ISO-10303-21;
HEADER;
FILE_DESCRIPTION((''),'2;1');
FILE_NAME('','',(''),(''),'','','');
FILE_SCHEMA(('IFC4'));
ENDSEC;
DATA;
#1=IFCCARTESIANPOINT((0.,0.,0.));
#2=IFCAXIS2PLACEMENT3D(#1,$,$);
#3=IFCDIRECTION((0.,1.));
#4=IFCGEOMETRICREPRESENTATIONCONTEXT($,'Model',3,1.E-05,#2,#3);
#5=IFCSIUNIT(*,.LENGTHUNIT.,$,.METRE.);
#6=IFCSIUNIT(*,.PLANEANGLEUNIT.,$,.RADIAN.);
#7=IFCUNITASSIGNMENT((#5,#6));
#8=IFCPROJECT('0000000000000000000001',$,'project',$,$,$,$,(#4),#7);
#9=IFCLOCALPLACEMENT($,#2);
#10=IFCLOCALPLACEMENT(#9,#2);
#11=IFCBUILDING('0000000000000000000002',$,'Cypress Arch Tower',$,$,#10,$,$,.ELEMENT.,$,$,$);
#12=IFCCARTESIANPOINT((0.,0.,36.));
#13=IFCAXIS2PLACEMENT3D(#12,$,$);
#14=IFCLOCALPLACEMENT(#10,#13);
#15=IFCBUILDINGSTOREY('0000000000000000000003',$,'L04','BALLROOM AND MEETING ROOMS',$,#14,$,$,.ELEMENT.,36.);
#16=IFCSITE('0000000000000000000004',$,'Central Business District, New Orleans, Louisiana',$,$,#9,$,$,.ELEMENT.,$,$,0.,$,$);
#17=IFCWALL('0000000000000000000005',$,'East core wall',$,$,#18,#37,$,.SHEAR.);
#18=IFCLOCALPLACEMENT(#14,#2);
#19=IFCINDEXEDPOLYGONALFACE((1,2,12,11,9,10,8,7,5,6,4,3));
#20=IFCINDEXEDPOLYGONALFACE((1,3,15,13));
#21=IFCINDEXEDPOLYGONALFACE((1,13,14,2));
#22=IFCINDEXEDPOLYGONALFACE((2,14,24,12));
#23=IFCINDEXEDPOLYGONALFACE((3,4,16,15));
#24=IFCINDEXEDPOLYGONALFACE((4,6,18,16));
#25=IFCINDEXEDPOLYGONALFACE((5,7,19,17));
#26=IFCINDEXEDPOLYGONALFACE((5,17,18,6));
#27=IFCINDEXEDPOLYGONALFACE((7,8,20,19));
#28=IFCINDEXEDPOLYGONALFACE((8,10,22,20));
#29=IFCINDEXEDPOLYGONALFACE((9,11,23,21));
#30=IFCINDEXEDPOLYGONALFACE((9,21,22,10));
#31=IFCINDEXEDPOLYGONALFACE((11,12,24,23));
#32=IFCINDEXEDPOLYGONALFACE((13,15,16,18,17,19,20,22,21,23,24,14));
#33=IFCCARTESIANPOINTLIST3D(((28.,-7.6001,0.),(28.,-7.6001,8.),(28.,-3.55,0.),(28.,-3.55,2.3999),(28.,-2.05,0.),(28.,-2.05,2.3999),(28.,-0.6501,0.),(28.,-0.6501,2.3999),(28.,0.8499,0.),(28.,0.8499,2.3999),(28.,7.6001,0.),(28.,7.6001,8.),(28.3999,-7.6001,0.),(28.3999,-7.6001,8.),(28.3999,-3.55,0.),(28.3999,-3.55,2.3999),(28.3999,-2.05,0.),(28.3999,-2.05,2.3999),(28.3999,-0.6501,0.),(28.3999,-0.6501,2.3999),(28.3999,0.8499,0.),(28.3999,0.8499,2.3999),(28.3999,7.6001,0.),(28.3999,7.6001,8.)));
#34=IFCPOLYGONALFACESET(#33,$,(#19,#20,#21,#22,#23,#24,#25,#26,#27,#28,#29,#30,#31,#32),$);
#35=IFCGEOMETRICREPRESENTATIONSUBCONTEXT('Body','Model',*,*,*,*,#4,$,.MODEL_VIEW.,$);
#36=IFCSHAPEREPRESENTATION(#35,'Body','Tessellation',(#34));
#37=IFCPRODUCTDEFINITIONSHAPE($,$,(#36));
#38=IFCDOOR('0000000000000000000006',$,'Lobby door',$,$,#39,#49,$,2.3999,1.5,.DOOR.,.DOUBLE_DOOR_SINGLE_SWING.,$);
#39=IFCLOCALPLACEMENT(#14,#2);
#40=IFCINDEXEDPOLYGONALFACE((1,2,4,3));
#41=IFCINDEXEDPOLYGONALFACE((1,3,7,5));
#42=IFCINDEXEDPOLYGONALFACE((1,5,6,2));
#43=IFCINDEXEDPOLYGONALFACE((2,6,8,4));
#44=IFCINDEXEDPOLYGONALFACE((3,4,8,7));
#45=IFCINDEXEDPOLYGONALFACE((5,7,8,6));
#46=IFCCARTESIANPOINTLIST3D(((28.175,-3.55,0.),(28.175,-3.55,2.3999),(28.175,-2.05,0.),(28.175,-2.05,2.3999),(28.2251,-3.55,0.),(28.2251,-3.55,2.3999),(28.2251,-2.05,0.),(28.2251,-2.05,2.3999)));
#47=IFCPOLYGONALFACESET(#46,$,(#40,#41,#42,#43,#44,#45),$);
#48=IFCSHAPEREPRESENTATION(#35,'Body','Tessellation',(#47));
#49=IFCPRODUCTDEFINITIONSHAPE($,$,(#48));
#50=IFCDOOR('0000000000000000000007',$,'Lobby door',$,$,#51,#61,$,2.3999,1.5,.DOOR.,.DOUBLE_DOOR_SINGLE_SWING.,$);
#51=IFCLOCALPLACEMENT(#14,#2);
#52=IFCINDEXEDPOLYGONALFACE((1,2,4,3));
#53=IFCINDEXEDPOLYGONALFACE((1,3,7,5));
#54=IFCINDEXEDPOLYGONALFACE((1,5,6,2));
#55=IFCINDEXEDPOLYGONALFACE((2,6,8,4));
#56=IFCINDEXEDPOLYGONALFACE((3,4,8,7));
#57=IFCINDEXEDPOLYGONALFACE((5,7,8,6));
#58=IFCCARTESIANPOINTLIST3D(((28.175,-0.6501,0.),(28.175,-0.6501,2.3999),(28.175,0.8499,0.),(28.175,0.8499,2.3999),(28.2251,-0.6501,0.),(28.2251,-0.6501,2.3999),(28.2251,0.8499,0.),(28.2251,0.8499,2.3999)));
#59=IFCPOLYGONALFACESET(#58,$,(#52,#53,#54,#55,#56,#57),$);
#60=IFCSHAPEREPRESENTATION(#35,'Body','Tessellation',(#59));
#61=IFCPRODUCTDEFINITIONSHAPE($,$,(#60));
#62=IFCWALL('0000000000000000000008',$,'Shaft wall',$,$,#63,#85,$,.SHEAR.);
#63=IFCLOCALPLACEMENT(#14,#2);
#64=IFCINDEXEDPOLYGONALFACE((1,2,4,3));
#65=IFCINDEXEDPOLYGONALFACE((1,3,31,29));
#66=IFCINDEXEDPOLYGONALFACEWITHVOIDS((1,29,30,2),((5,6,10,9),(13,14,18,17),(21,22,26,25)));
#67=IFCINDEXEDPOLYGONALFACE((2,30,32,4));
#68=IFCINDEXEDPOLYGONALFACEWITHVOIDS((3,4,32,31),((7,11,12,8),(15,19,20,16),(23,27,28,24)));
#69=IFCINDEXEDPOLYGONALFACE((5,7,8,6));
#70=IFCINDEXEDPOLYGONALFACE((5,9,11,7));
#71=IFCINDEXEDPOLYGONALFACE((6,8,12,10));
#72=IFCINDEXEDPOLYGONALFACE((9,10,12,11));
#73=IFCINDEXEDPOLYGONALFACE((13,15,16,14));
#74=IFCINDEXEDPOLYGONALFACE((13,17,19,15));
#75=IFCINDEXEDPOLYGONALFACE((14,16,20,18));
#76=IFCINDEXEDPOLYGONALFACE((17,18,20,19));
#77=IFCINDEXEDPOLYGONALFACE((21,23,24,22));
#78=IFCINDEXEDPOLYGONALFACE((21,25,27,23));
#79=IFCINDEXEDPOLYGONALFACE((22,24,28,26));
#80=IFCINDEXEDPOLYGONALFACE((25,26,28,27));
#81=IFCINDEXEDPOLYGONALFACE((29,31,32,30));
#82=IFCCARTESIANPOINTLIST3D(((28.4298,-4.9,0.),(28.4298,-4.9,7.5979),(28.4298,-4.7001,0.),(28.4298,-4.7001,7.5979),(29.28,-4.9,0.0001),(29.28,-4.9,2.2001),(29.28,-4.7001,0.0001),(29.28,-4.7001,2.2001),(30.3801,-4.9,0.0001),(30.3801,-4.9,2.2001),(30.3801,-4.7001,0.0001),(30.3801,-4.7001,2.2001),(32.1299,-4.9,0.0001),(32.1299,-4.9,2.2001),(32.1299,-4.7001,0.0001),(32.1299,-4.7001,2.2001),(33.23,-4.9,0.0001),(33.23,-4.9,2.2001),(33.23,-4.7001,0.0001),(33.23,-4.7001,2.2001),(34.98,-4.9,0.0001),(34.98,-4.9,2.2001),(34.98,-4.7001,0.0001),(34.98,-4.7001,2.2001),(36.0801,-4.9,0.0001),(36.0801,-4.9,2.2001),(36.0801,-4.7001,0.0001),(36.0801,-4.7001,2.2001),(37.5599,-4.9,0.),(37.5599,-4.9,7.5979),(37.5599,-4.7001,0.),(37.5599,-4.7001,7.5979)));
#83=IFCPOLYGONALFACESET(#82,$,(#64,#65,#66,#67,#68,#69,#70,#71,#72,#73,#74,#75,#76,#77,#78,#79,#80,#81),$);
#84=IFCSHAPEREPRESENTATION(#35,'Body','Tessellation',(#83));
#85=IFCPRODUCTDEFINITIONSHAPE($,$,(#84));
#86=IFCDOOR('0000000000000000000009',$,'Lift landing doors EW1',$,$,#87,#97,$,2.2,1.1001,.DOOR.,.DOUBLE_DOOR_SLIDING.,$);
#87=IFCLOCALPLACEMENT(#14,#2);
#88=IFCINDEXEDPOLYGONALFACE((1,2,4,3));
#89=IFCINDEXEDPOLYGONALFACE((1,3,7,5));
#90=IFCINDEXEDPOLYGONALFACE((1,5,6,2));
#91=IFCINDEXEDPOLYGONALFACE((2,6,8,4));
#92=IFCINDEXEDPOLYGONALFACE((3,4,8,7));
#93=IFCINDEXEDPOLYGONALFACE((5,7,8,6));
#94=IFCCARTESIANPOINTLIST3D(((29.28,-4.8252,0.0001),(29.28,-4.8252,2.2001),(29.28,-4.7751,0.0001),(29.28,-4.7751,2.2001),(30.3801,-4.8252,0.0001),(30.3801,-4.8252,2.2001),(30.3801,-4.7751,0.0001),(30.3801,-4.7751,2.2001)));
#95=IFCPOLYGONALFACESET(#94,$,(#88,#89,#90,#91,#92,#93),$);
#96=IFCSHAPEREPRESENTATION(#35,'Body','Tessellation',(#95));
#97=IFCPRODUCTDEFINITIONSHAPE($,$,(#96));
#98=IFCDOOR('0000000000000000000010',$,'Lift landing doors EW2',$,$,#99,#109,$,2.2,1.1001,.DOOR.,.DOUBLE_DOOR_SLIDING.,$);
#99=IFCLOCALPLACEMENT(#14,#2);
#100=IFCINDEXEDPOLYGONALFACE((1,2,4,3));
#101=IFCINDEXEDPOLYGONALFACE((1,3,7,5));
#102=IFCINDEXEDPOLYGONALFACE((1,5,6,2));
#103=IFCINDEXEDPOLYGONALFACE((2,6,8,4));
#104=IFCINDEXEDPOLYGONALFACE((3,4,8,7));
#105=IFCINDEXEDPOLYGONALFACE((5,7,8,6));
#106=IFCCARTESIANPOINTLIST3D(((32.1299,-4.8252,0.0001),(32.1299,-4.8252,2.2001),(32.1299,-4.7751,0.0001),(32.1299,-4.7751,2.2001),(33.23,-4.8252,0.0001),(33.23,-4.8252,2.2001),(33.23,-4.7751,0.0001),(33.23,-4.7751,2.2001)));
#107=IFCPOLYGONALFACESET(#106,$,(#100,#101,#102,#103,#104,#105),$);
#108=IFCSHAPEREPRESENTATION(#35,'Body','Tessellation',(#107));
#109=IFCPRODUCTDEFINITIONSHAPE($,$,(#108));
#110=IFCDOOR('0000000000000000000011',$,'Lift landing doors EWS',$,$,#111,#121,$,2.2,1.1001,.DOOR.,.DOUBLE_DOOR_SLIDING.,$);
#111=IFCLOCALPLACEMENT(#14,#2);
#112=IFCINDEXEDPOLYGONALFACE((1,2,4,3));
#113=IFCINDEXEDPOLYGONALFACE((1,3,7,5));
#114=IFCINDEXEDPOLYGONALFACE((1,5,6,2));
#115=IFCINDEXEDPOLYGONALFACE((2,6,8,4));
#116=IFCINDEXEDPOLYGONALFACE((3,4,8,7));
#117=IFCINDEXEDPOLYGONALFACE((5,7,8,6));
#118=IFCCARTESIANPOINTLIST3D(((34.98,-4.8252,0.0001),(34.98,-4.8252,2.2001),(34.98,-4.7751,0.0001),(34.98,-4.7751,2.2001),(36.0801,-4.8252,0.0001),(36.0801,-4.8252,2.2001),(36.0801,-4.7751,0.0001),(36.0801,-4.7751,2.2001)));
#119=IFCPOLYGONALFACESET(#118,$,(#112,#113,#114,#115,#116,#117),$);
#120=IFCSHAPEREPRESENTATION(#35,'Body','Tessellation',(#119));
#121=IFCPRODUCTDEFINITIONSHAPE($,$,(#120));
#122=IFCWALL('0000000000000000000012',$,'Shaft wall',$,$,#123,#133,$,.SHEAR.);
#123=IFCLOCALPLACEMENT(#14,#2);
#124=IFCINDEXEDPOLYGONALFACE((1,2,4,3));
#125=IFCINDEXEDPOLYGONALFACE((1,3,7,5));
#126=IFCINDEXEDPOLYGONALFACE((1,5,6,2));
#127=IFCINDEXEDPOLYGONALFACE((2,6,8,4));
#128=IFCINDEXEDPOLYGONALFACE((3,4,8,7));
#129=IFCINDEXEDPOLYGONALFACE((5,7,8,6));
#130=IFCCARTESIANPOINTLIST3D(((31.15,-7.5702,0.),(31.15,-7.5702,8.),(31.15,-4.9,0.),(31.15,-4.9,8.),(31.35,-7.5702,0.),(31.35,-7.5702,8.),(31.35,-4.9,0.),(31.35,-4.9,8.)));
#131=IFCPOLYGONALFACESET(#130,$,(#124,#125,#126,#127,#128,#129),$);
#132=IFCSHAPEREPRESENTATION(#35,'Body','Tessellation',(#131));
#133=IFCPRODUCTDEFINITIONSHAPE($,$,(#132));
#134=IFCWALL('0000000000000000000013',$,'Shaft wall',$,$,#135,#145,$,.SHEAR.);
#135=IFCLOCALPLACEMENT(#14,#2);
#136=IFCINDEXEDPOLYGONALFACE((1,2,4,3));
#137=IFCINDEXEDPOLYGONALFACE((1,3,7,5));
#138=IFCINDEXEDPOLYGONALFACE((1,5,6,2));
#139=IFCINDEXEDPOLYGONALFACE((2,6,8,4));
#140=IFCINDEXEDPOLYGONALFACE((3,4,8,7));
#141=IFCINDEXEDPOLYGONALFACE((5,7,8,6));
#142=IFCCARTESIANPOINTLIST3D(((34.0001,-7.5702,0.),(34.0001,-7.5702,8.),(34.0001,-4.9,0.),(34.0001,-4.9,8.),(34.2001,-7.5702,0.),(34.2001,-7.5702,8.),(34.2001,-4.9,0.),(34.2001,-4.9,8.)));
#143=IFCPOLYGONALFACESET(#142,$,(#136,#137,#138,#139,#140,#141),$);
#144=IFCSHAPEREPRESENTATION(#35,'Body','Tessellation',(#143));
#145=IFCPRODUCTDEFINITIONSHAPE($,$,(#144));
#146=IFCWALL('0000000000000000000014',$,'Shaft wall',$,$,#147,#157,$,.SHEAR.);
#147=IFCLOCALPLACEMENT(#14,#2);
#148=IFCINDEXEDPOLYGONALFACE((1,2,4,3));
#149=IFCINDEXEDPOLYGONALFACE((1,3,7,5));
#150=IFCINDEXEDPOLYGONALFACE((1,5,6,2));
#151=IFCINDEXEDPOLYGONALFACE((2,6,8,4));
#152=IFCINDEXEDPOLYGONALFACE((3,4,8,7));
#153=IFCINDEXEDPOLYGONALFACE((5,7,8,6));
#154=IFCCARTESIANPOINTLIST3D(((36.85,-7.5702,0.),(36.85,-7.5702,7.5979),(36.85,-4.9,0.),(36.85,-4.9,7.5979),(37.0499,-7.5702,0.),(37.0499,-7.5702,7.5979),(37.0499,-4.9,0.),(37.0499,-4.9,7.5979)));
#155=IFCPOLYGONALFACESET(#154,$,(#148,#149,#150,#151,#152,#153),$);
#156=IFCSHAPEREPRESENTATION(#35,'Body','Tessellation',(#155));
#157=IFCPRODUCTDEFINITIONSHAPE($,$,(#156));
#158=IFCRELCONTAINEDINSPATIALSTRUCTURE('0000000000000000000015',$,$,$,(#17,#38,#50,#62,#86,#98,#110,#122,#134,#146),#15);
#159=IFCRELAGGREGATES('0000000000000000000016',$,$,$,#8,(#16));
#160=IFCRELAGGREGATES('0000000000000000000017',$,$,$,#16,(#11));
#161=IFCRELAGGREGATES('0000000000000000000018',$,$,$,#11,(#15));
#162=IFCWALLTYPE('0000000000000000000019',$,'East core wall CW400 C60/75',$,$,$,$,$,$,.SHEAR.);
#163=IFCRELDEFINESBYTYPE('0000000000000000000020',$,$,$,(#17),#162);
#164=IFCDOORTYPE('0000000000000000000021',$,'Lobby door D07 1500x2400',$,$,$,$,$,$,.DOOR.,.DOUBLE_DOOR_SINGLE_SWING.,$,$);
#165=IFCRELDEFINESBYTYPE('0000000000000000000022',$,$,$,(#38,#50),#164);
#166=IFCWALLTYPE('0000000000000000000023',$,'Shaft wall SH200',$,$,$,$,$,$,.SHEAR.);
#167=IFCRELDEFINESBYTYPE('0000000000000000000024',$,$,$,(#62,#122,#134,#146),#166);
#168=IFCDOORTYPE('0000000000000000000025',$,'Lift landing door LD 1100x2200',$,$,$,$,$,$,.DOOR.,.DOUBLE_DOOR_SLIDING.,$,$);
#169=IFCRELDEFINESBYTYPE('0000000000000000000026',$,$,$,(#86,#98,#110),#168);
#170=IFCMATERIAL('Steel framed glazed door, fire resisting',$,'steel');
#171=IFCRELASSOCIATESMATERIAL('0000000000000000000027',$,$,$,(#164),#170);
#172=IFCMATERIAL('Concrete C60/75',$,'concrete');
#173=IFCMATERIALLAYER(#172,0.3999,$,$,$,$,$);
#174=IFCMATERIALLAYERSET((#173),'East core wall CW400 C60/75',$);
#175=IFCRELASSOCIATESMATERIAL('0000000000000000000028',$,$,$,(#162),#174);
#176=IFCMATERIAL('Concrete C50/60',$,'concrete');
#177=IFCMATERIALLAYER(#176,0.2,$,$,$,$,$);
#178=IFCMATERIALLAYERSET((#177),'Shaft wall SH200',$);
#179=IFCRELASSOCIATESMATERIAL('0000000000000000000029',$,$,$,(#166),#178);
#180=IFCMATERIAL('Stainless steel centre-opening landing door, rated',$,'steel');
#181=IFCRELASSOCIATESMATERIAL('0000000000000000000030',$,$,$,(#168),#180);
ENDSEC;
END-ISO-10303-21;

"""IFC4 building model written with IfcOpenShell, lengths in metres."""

from ifc_helpers import new_model, si_unit, direction, frame, frame_2d, origin, place, context, subcontext, project, spatial, rectangle, extrude, material, layer, layer_set, type_object, element, fill, save


model = new_model("IFC4")

# Units and contexts
model_context = context("Model", 3, precision=1e-05, world=origin(), true_north=direction((0.0, 1.0)))
body_context = subcontext(model_context, "Body", "Model", "MODEL_VIEW")
ifc_project = project(units=[si_unit("LENGTHUNIT", "METRE"), si_unit("PLANEANGLEUNIT", "RADIAN")], contexts=[model_context])

# Site, building, storey
site_placement = place(None, origin())
site = spatial("IfcSite", under=ifc_project, at=site_placement, Name="Central Business District, New Orleans, Louisiana", CompositionType="ELEMENT", RefElevation=0.0)
building_placement = place(site_placement, origin())
building = spatial("IfcBuilding", under=site, at=building_placement, Name="Cypress Arch Tower", CompositionType="ELEMENT")
storey_placement = place(building_placement, frame((0.0, 0.0, 36.0)))
storey = spatial("IfcBuildingStorey", under=building, at=storey_placement, Name="L04", Description="BALLROOM AND MEETING ROOMS", CompositionType="ELEMENT", Elevation=36.0)

# Shared definitions
ifc_material_1 = material(Name="Steel framed glazed door, fire resisting", Category="steel")
door_type_1 = type_object("IfcDoorType", Name="Lobby door D07 1500x2400", OperationType="DOUBLE_DOOR_SINGLE_SWING", PredefinedType="DOOR", material=ifc_material_1)

# Shared definitions
ifc_material_2 = material(Name="Concrete C60/75", Category="concrete")
ifc_layer_1 = layer(ifc_material_2, 0.3999)
ifc_layer_set_1 = layer_set([ifc_layer_1], Name="East core wall CW400 C60/75")
wall_type_1 = type_object("IfcWallType", Name="East core wall CW400 C60/75", PredefinedType="SHEAR", material=ifc_layer_set_1)

# Walls, openings, doors
wall_1_placement = place(storey_placement, frame((28.2, -7.6001, 0.0), z_axis=(0.0, 0.0, 1.0), x_axis=(0.0, 1.0, 0.0)))
wall_1 = element("IfcWall", 1, at=wall_1_placement, inside=storey, type_object=wall_type_1, Name="East core wall", PredefinedType="SHEAR", context=body_context, shape_type="SweptSolid", body=[
    extrude(rectangle(XDim=15.2002, YDim=0.3999, at=frame_2d((7.6001, 0.0))), origin(), (0.0, 0.0, 1.0), 8.0),
])
opening_1_placement = place(wall_1_placement, frame((4.05, 0.0, 0.0)))
opening_1 = element("IfcOpeningElement", 2, at=opening_1_placement, cuts=wall_1, PredefinedType="OPENING", context=body_context, shape_type="SweptSolid", body=[
    extrude(rectangle(XDim=1.5, YDim=2.3999, at=frame_2d((0.75, 1.2))), frame((0.0, 0.21, 0.0), z_axis=(0.0, -1.0, 0.0), x_axis=(1.0, 0.0, 0.0)), (0.0, 0.0, 1.0), 0.4199),
])
opening_2_placement = place(wall_1_placement, frame((6.95, 0.0, 0.0)))
opening_2 = element("IfcOpeningElement", 3, at=opening_2_placement, cuts=wall_1, PredefinedType="OPENING", context=body_context, shape_type="SweptSolid", body=[
    extrude(rectangle(XDim=1.5, YDim=2.3999, at=frame_2d((0.75, 1.2))), frame((0.0, 0.21, 0.0), z_axis=(0.0, -1.0, 0.0), x_axis=(1.0, 0.0, 0.0)), (0.0, 0.0, 1.0), 0.4199),
])
door_1_placement = place(opening_1_placement, origin())
door_1 = element("IfcDoor", 4, at=door_1_placement, inside=storey, type_object=door_type_1, Name="Lobby door", OperationType="DOUBLE_DOOR_SINGLE_SWING", OverallHeight=2.3999, OverallWidth=1.5, PredefinedType="DOOR", context=body_context, shape_type="SweptSolid", body=[
    extrude(rectangle(XDim=1.5, YDim=2.3999, at=frame_2d((0.75, 1.2))), frame((0.0, 0.0249, 0.0), z_axis=(0.0, -1.0, 0.0), x_axis=(1.0, 0.0, 0.0)), (0.0, 0.0, 1.0), 0.05),
])
fill(opening_1, door_1)
door_2_placement = place(opening_2_placement, origin())
door_2 = element("IfcDoor", 5, at=door_2_placement, inside=storey, type_object=door_type_1, Name="Lobby door", OperationType="DOUBLE_DOOR_SINGLE_SWING", OverallHeight=2.3999, OverallWidth=1.5, PredefinedType="DOOR", context=body_context, shape_type="SweptSolid", body=[
    extrude(rectangle(XDim=1.5, YDim=2.3999, at=frame_2d((0.75, 1.2))), frame((0.0, 0.0249, 0.0), z_axis=(0.0, -1.0, 0.0), x_axis=(1.0, 0.0, 0.0)), (0.0, 0.0, 1.0), 0.05),
])
fill(opening_2, door_2)
ifc_material_3 = material(Name="Concrete C50/60", Category="concrete")
ifc_layer_2 = layer(ifc_material_3, 0.2)
ifc_layer_set_2 = layer_set([ifc_layer_2], Name="Shaft wall SH200")
wall_type_2 = type_object("IfcWallType", Name="Shaft wall SH200", PredefinedType="SHEAR", material=ifc_layer_set_2)
wall_2_placement = place(storey_placement, frame((28.4299, -4.8, 0.0), z_axis=(0.0, 0.0, 1.0), x_axis=(1.0, 0.0, 0.0)))
wall_2 = element("IfcWall", 6, at=wall_2_placement, inside=storey, type_object=wall_type_2, Name="Shaft wall", PredefinedType="SHEAR", context=body_context, shape_type="SweptSolid", body=[
    extrude(rectangle(XDim=9.1301, YDim=0.2, at=frame_2d((4.5649, 0.0))), origin(), (0.0, 0.0, 1.0), 7.5979),
])
opening_3_placement = place(wall_2_placement, frame((0.8501, 0.0, 0.0)))
opening_3 = element("IfcOpeningElement", 7, at=opening_3_placement, cuts=wall_2, PredefinedType="OPENING", context=body_context, shape_type="SweptSolid", body=[
    extrude(rectangle(XDim=1.1001, YDim=2.2, at=frame_2d((0.55, 1.1001))), frame((0.0, 0.1099, 0.0), z_axis=(0.0, -1.0, 0.0), x_axis=(1.0, 0.0, 0.0)), (0.0, 0.0, 1.0), 0.22),
])
opening_4_placement = place(wall_2_placement, frame((3.7, 0.0, 0.0)))
opening_4 = element("IfcOpeningElement", 8, at=opening_4_placement, cuts=wall_2, PredefinedType="OPENING", context=body_context, shape_type="SweptSolid", body=[
    extrude(rectangle(XDim=1.1001, YDim=2.2, at=frame_2d((0.55, 1.1001))), frame((0.0, 0.1099, 0.0), z_axis=(0.0, -1.0, 0.0), x_axis=(1.0, 0.0, 0.0)), (0.0, 0.0, 1.0), 0.22),
])
opening_5_placement = place(wall_2_placement, frame((6.55, 0.0, 0.0)))
opening_5 = element("IfcOpeningElement", 9, at=opening_5_placement, cuts=wall_2, PredefinedType="OPENING", context=body_context, shape_type="SweptSolid", body=[
    extrude(rectangle(XDim=1.1001, YDim=2.2, at=frame_2d((0.55, 1.1001))), frame((0.0, 0.1099, 0.0), z_axis=(0.0, -1.0, 0.0), x_axis=(1.0, 0.0, 0.0)), (0.0, 0.0, 1.0), 0.22),
])
ifc_material_4 = material(Name="Stainless steel centre-opening landing door, rated", Category="steel")
door_type_2 = type_object("IfcDoorType", Name="Lift landing door LD 1100x2200", OperationType="DOUBLE_DOOR_SLIDING", PredefinedType="DOOR", material=ifc_material_4)
door_3_placement = place(opening_3_placement, origin())
door_3 = element("IfcDoor", 10, at=door_3_placement, inside=storey, type_object=door_type_2, Name="Lift landing doors EW1", OperationType="DOUBLE_DOOR_SLIDING", OverallHeight=2.2, OverallWidth=1.1001, PredefinedType="DOOR", context=body_context, shape_type="SweptSolid", body=[
    extrude(rectangle(XDim=1.1001, YDim=2.2, at=frame_2d((0.55, 1.1001))), frame((0.0, 0.0249, 0.0), z_axis=(0.0, -1.0, 0.0), x_axis=(1.0, 0.0, 0.0)), (0.0, 0.0, 1.0), 0.05),
])
fill(opening_3, door_3)
door_4_placement = place(opening_4_placement, origin())
door_4 = element("IfcDoor", 11, at=door_4_placement, inside=storey, type_object=door_type_2, Name="Lift landing doors EW2", OperationType="DOUBLE_DOOR_SLIDING", OverallHeight=2.2, OverallWidth=1.1001, PredefinedType="DOOR", context=body_context, shape_type="SweptSolid", body=[
    extrude(rectangle(XDim=1.1001, YDim=2.2, at=frame_2d((0.55, 1.1001))), frame((0.0, 0.0249, 0.0), z_axis=(0.0, -1.0, 0.0), x_axis=(1.0, 0.0, 0.0)), (0.0, 0.0, 1.0), 0.05),
])
fill(opening_4, door_4)
door_5_placement = place(opening_5_placement, origin())
door_5 = element("IfcDoor", 12, at=door_5_placement, inside=storey, type_object=door_type_2, Name="Lift landing doors EWS", OperationType="DOUBLE_DOOR_SLIDING", OverallHeight=2.2, OverallWidth=1.1001, PredefinedType="DOOR", context=body_context, shape_type="SweptSolid", body=[
    extrude(rectangle(XDim=1.1001, YDim=2.2, at=frame_2d((0.55, 1.1001))), frame((0.0, 0.0249, 0.0), z_axis=(0.0, -1.0, 0.0), x_axis=(1.0, 0.0, 0.0)), (0.0, 0.0, 1.0), 0.05),
])
fill(opening_5, door_5)

# Walls
for number, where, z_axis, x_axis, name in (
    (13, (31.25, -7.5701, 0.0), (0.0, 0.0, 1.0), (0.0, 1.0, 0.0), "Shaft wall"),
    (14, (34.1001, -7.5701, 0.0), (0.0, 0.0, 1.0), (0.0, 1.0, 0.0), "Shaft wall"),
):
    element("IfcWall", number, at=place(storey_placement, frame(where, z_axis=z_axis, x_axis=x_axis)), inside=storey, type_object=wall_type_2, Name=name, PredefinedType="SHEAR", context=body_context, shape_type="SweptSolid", body=[
        extrude(rectangle(XDim=2.6702, YDim=0.2, at=frame_2d((1.335, 0.0))), origin(), (0.0, 0.0, 1.0), 8.0),
    ])
wall_3_placement = place(storey_placement, frame((36.95, -7.5701, 0.0), z_axis=(0.0, 0.0, 1.0), x_axis=(0.0, 1.0, 0.0)))
element("IfcWall", 15, at=wall_3_placement, inside=storey, type_object=wall_type_2, Name="Shaft wall", PredefinedType="SHEAR", context=body_context, shape_type="SweptSolid", body=[
    extrude(rectangle(XDim=2.6702, YDim=0.2, at=frame_2d((1.335, 0.0))), origin(), (0.0, 0.0, 1.0), 7.5979),
])

save(model, "model.ifc")
